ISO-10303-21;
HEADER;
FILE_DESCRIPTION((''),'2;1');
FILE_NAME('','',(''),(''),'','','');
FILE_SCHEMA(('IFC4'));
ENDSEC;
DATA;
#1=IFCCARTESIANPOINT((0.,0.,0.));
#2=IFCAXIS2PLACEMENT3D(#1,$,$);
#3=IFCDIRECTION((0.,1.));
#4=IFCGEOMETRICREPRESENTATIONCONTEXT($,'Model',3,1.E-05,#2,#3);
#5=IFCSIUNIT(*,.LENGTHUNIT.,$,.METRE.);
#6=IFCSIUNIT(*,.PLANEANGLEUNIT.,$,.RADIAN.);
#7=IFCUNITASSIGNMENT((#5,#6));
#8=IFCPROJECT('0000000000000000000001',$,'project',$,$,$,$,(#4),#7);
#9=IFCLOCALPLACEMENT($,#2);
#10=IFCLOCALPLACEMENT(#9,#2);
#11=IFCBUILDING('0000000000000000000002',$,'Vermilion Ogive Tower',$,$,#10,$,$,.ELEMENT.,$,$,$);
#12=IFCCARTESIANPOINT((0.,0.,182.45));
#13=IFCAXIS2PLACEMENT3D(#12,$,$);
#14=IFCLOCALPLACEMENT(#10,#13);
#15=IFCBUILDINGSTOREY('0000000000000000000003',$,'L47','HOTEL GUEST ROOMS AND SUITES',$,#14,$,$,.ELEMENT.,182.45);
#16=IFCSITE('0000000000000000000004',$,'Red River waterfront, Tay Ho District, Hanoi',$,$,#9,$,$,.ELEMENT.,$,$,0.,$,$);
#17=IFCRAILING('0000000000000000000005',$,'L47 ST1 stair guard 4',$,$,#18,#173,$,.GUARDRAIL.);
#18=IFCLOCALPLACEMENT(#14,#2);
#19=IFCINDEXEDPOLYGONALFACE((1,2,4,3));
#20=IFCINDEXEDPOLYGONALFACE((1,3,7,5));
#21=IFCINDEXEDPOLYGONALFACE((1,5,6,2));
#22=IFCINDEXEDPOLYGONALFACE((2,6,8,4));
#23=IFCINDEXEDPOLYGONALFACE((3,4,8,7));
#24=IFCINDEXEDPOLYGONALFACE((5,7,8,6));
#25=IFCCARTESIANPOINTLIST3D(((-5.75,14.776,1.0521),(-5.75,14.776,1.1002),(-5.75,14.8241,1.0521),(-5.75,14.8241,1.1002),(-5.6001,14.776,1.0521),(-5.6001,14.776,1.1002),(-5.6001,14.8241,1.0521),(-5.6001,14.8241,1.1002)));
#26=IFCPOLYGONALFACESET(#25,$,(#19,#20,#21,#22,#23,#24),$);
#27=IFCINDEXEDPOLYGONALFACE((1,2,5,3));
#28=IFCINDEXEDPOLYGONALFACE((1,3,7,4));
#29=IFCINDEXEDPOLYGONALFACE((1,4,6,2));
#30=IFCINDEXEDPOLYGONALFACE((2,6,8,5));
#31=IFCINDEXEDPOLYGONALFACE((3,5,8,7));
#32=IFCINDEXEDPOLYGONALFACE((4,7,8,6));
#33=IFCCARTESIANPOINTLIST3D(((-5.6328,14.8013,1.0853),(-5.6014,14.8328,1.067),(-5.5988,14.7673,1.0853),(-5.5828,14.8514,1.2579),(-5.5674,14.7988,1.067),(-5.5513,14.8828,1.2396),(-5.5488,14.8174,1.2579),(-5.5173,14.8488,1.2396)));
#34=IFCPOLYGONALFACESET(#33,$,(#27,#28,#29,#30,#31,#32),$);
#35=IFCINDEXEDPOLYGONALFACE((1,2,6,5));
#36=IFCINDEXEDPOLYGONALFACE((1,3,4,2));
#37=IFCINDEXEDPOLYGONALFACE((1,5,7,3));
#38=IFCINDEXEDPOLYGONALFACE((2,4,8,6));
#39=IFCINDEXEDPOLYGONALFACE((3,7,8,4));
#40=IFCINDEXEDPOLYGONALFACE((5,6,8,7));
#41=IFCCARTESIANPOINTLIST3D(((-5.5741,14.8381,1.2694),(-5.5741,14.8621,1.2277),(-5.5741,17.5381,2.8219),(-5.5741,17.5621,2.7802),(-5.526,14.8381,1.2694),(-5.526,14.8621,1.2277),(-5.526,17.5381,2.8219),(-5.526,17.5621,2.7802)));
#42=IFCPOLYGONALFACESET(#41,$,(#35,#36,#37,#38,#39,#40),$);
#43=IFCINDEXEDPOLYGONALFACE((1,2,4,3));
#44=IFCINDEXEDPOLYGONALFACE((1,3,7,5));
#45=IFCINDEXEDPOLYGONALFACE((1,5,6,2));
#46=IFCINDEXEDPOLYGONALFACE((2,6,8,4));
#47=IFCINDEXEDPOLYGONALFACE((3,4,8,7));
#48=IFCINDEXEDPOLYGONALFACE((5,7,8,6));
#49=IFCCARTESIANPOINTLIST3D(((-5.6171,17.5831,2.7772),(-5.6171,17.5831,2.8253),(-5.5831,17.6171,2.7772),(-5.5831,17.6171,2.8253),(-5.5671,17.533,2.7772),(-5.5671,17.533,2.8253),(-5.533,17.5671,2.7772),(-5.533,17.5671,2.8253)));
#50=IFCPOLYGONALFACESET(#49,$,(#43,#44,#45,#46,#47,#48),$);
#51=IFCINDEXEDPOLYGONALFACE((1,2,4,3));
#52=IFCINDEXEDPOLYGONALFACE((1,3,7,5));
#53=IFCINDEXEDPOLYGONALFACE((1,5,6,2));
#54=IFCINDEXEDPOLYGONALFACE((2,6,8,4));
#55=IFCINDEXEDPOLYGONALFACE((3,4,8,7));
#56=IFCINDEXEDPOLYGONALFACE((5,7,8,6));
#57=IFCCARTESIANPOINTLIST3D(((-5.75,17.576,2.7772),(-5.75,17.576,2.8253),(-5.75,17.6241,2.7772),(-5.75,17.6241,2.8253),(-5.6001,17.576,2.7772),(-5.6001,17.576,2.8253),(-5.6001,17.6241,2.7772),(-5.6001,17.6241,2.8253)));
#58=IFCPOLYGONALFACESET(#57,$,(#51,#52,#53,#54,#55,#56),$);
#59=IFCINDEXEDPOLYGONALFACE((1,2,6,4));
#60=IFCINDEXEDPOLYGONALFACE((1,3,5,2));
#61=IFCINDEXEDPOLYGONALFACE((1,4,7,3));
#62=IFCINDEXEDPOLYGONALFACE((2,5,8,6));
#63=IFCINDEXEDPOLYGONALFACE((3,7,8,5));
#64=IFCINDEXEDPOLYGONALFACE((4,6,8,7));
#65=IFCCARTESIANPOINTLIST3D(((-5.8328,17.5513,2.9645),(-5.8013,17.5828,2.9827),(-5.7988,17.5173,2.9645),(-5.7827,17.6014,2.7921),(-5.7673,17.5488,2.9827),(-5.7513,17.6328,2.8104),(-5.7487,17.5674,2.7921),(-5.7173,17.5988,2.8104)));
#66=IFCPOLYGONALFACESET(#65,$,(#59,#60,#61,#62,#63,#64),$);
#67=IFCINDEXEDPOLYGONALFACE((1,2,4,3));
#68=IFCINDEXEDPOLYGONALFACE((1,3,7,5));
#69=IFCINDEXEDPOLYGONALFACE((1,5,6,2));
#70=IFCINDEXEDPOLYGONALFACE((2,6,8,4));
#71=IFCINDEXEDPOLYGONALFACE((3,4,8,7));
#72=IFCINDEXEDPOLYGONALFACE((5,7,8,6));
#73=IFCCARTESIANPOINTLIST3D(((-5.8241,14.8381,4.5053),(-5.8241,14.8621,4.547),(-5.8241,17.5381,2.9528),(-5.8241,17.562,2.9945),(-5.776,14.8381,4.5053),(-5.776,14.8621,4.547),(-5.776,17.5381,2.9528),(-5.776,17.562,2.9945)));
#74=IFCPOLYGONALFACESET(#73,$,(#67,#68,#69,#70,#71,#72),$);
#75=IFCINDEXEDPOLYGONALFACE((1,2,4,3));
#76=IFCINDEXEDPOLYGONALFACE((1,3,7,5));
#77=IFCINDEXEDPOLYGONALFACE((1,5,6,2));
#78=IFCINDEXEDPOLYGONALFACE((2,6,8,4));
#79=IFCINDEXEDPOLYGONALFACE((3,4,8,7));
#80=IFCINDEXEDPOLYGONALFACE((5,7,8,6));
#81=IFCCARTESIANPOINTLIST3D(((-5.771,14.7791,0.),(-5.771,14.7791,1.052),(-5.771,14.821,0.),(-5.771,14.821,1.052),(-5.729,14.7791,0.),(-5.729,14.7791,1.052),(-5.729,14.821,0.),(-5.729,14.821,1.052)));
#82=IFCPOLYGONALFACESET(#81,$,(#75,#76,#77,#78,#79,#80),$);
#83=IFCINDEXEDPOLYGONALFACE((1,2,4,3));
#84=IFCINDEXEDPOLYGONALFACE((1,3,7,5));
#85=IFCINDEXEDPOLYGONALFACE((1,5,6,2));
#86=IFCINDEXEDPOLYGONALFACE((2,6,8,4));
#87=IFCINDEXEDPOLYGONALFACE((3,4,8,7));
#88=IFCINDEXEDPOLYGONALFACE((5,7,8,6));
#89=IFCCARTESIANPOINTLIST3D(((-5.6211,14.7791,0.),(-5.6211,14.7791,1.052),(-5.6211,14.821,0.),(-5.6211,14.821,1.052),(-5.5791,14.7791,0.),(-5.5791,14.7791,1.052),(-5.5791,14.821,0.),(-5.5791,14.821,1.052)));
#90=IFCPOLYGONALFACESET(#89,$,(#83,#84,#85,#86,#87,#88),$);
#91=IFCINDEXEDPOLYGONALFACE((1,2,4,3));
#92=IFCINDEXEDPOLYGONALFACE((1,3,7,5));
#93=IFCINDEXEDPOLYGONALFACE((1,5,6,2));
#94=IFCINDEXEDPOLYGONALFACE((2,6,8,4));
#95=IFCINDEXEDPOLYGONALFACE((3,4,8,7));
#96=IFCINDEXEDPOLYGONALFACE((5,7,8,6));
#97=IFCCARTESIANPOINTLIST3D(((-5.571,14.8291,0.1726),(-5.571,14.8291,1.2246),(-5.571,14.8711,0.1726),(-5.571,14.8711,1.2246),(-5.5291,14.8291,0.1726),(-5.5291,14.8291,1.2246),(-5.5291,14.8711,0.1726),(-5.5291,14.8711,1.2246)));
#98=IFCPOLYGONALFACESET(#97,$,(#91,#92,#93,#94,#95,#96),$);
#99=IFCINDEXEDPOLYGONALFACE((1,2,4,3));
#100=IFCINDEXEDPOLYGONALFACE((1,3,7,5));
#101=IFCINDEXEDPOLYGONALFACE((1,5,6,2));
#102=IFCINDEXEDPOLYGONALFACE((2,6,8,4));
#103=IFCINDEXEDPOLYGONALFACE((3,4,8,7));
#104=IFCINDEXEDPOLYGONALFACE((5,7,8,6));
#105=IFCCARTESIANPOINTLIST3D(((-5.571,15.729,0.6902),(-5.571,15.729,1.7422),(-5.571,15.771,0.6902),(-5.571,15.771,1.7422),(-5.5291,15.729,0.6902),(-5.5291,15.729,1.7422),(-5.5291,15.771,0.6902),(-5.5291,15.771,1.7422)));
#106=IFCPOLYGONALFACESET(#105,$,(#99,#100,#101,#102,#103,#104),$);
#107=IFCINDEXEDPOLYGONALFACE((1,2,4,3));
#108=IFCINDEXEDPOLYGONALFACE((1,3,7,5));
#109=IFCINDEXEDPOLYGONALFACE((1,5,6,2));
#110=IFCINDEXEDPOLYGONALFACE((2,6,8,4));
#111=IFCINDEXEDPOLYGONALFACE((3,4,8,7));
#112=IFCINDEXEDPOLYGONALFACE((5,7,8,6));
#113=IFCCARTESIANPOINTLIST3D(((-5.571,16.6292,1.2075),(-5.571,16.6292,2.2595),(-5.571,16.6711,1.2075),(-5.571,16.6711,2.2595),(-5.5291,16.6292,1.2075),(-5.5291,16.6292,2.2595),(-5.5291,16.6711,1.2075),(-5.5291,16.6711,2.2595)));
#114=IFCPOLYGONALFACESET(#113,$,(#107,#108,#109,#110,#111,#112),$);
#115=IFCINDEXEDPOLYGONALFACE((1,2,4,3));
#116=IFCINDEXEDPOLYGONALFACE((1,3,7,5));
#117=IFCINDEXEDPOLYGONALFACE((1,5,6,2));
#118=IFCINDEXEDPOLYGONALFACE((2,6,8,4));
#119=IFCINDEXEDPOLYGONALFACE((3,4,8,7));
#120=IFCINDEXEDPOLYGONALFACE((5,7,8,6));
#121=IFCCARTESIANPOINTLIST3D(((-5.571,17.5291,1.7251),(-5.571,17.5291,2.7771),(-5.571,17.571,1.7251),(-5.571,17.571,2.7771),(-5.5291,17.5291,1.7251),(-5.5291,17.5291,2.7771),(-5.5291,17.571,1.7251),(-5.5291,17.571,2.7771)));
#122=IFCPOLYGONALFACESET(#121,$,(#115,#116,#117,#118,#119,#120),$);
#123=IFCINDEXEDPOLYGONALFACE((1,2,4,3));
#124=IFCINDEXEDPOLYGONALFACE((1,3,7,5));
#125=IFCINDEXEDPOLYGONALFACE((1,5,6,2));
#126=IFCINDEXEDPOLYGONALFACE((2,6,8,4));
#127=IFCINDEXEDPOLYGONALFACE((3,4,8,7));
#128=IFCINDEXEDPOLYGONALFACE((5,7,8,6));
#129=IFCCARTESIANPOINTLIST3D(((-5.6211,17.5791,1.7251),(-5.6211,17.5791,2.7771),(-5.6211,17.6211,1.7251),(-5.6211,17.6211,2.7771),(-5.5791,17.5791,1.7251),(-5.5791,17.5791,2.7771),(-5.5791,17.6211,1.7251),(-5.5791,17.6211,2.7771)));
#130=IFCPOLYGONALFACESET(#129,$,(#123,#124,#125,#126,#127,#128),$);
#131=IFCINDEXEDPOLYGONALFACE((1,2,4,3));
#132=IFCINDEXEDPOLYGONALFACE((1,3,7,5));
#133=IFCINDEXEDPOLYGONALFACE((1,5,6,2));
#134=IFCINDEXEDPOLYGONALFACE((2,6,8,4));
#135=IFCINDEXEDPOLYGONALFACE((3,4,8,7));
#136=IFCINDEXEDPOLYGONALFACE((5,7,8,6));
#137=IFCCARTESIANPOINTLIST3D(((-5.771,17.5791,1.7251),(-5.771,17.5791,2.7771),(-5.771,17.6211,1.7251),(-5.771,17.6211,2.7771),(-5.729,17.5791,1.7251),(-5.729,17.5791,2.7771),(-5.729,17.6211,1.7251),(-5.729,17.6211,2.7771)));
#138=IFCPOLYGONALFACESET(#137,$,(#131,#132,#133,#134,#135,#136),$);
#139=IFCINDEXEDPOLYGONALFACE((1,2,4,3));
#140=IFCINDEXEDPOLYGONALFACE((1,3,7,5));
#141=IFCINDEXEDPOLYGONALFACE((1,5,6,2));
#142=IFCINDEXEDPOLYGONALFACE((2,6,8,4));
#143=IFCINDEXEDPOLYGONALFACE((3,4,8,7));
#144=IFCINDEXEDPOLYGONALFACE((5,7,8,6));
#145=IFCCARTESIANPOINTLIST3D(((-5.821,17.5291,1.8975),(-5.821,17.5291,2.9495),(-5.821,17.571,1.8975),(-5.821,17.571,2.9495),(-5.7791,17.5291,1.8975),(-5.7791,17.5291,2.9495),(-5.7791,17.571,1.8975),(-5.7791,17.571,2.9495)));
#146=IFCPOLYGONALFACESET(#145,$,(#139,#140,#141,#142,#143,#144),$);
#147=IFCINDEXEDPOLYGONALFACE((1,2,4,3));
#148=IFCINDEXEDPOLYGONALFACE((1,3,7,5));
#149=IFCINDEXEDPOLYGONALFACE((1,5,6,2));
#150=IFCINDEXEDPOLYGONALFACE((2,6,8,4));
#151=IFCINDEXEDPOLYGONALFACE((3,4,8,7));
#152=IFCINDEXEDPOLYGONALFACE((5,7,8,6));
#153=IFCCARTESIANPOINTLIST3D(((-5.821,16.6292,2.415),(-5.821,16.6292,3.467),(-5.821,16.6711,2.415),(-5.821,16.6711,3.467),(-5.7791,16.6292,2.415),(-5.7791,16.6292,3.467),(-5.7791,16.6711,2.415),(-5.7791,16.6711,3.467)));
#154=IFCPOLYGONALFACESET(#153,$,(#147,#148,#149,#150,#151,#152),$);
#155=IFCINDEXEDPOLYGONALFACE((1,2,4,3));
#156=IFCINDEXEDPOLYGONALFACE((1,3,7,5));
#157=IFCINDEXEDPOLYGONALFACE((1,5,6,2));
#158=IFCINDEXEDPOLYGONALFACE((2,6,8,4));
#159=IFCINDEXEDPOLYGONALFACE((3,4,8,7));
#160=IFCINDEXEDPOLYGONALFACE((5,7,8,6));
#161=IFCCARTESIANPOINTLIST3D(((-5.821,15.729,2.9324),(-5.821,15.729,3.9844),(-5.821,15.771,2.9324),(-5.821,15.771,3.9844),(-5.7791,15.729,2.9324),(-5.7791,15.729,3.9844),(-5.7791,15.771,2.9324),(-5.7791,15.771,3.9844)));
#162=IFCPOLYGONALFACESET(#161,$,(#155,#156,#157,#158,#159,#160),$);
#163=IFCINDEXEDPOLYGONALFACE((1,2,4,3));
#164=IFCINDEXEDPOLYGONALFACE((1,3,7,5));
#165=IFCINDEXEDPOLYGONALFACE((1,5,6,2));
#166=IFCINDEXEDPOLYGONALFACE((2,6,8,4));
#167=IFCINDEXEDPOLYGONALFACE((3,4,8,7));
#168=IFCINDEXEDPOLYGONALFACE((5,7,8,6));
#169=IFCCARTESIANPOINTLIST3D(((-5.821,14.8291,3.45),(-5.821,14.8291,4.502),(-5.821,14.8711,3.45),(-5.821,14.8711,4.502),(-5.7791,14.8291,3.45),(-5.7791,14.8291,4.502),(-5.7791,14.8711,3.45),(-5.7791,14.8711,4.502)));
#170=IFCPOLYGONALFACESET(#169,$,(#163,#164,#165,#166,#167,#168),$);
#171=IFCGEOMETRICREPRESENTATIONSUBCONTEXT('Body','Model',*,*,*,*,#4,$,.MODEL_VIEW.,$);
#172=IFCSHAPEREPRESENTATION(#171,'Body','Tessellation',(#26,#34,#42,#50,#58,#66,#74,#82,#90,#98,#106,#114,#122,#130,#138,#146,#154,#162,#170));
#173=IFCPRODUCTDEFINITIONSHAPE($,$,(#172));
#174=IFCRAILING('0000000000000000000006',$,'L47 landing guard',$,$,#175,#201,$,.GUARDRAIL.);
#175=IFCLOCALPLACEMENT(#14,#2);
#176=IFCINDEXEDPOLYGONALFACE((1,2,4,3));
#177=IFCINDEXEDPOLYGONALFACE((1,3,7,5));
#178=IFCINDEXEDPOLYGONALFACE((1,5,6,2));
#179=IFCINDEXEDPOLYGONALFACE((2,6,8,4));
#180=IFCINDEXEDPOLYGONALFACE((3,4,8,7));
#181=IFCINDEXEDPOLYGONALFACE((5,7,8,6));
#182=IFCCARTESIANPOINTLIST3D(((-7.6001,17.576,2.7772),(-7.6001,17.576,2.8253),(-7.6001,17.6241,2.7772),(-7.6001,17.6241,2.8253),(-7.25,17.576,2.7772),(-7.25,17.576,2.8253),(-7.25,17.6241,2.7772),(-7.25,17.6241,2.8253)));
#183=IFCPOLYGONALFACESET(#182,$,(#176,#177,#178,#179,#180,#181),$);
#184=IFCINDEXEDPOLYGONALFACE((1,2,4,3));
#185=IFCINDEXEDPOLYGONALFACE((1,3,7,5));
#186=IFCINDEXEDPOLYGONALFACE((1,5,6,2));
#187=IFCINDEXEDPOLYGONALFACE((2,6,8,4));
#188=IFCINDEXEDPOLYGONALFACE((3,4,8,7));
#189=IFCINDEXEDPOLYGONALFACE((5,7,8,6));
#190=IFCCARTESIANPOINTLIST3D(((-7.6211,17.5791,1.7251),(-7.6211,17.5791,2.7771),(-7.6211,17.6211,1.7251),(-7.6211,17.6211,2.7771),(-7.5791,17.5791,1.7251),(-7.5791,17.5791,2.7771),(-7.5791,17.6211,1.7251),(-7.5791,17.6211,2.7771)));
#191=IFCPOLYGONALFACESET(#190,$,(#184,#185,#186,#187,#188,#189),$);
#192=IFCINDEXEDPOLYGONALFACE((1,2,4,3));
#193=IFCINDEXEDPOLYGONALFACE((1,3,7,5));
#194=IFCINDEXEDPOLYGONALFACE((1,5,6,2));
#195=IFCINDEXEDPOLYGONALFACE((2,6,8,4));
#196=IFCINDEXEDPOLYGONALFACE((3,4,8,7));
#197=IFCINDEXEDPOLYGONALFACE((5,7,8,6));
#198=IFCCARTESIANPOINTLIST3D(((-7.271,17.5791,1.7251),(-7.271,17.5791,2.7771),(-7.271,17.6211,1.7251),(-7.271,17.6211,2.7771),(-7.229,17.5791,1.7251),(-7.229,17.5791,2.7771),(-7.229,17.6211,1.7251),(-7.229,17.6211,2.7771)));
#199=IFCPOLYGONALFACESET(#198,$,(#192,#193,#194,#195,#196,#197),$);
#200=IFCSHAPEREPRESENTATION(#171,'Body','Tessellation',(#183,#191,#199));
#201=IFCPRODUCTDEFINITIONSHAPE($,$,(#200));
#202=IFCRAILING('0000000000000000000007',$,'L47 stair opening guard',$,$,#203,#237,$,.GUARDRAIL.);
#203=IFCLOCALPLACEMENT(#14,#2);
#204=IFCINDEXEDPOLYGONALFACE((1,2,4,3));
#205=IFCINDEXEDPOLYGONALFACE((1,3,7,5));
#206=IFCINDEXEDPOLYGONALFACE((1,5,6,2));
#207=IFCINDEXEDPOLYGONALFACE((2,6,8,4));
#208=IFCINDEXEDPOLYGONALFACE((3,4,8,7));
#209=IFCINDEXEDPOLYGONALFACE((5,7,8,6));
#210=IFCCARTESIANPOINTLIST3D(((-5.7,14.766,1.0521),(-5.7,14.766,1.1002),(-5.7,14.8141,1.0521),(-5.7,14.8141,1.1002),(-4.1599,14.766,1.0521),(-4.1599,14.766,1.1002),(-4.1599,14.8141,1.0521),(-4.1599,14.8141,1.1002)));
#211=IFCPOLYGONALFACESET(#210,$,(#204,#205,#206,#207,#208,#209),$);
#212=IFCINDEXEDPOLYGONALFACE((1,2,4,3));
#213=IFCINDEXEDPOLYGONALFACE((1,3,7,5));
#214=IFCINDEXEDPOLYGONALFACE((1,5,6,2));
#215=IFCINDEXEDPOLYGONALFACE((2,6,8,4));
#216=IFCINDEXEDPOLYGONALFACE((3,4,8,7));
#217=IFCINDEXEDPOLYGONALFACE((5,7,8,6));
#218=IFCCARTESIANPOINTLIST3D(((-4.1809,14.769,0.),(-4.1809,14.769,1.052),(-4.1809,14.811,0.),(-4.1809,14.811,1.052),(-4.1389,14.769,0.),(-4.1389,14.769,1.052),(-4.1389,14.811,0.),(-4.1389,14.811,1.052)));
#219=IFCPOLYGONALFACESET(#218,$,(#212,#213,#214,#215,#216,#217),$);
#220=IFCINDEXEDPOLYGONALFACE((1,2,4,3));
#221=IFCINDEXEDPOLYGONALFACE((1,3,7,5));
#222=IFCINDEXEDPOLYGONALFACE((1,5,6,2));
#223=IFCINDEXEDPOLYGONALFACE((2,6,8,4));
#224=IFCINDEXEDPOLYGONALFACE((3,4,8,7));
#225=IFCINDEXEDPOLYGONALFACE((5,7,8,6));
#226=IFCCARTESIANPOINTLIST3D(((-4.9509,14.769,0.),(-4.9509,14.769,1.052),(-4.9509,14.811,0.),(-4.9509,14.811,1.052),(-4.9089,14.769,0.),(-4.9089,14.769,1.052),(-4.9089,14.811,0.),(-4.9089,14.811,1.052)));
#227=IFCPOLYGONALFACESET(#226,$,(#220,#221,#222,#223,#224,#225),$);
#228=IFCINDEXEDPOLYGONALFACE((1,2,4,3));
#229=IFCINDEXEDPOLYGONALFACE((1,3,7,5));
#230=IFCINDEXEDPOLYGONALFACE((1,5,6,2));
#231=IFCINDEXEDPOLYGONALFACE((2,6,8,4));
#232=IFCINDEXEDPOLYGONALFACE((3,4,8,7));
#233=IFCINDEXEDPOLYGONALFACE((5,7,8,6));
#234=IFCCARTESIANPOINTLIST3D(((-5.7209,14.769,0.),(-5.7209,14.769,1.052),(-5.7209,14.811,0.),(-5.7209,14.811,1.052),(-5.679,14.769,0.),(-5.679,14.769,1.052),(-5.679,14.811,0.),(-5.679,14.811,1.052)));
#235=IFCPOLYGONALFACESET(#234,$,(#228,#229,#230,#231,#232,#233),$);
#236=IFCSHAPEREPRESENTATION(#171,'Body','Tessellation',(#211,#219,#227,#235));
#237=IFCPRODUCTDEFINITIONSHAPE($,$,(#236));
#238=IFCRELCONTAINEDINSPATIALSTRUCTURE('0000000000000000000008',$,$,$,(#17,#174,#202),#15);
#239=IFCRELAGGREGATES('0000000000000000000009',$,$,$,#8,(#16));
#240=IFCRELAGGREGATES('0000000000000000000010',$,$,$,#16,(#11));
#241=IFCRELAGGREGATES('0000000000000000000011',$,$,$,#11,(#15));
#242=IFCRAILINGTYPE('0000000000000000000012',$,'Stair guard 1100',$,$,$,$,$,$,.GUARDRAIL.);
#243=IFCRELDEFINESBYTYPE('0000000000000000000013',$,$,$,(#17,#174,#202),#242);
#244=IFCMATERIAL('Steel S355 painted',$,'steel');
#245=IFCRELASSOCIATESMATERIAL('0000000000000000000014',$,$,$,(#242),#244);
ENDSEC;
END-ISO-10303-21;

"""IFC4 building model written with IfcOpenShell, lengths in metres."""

from ifc_helpers import new_model, si_unit, direction, frame, origin, origin_2d, place, context, subcontext, project, spatial, rectangle, extrude, material, type_object, element, save


model = new_model("IFC4")

# Units and contexts
model_context = context("Model", 3, precision=1e-05, world=origin(), true_north=direction((0.0, 1.0)))
body_context = subcontext(model_context, "Body", "Model", "MODEL_VIEW")
ifc_project = project(units=[si_unit("LENGTHUNIT", "METRE"), si_unit("PLANEANGLEUNIT", "RADIAN")], contexts=[model_context])

# Site, building, storey
site_placement = place(None, origin())
site = spatial("IfcSite", under=ifc_project, at=site_placement, Name="Red River waterfront, Tay Ho District, Hanoi", CompositionType="ELEMENT", RefElevation=0.0)
building_placement = place(site_placement, origin())
building = spatial("IfcBuilding", under=site, at=building_placement, Name="Vermilion Ogive Tower", CompositionType="ELEMENT")
storey_placement = place(building_placement, frame((0.0, 0.0, 182.45)))
storey = spatial("IfcBuildingStorey", under=building, at=storey_placement, Name="L47", Description="HOTEL GUEST ROOMS AND SUITES", CompositionType="ELEMENT", Elevation=182.45)

# Railings
ifc_material_1 = material(Name="Steel S355 painted", Category="steel")
railing_type_1 = type_object("IfcRailingType", Name="Stair guard 1100", PredefinedType="GUARDRAIL", material=ifc_material_1)
railing_1_placement = place(storey_placement, frame((-5.75, 14.8, 0.0)))
element("IfcRailing", 1, at=railing_1_placement, inside=storey, type_object=railing_type_1, Name="L47 ST1 stair guard 4", PredefinedType="GUARDRAIL", context=body_context, shape_type="SweptSolid", body=[
    extrude(rectangle(XDim=0.0481, YDim=0.0481, at=origin_2d()), frame((0.0, 0.0, 1.0762), z_axis=(1.0, 0.0, 0.0), x_axis=(0.0, 1.0, 0.0)), (0.0, 0.0, 1.0), 0.1499),
    extrude(rectangle(XDim=0.0481, YDim=0.0481, at=origin_2d()), frame((0.1499, 0.0, 1.0762), z_axis=(0.268278, 0.268278, 0.925232), x_axis=(-0.707107, 0.707107, 0.0)), (0.0, 0.0, 1.0), 0.1865),
    extrude(rectangle(XDim=0.0481, YDim=0.0481, at=origin_2d()), frame((0.2, 0.05, 1.2485), z_axis=(0.0, 0.866904, 0.498476), x_axis=(-1.0, 0.0, 0.0)), (0.0, 0.0, 1.0), 3.1145),
    extrude(rectangle(XDim=0.0481, YDim=0.0481, at=origin_2d()), frame((0.2, 2.75, 2.8013), z_axis=(-0.707107, 0.707107, 0.0), x_axis=(-0.707107, -0.707107, 0.0)), (0.0, 0.0, 1.0), 0.0708),
    extrude(rectangle(XDim=0.0481, YDim=0.0481, at=origin_2d()), frame((0.1499, 2.8, 2.8013), z_axis=(-1.0, 0.0, 0.0), x_axis=(0.0, -1.0, 0.0)), (0.0, 0.0, 1.0), 0.1499),
    extrude(rectangle(XDim=0.0481, YDim=0.0481, at=origin_2d()), frame((0.0, 2.8, 2.8013), z_axis=(-0.268603, -0.268603, 0.925043), x_axis=(0.707107, -0.707107, 0.0)), (0.0, 0.0, 1.0), 0.1863),
    extrude(rectangle(XDim=0.0481, YDim=0.0481, at=origin_2d()), frame((-0.05, 2.75, 2.9736), z_axis=(0.0, -0.866904, 0.498476), x_axis=(1.0, 0.0, 0.0)), (0.0, 0.0, 1.0), 3.1145),
    extrude(rectangle(XDim=0.042, YDim=0.042, at=origin_2d()), origin(), (0.0, 0.0, 1.0), 1.052),
    extrude(rectangle(XDim=0.042, YDim=0.042, at=origin_2d()), frame((0.1499, 0.0, 0.0)), (0.0, 0.0, 1.0), 1.052),
    extrude(rectangle(XDim=0.042, YDim=0.042, at=origin_2d()), frame((0.2, 0.05, 0.1726)), (0.0, 0.0, 1.0), 1.052),
    extrude(rectangle(XDim=0.042, YDim=0.042, at=origin_2d()), frame((0.2, 0.95, 0.6902)), (0.0, 0.0, 1.0), 1.052),
    extrude(rectangle(XDim=0.042, YDim=0.042, at=origin_2d()), frame((0.2, 1.8501, 1.2075)), (0.0, 0.0, 1.0), 1.052),
    extrude(rectangle(XDim=0.042, YDim=0.042, at=origin_2d()), frame((0.2, 2.75, 1.7251)), (0.0, 0.0, 1.0), 1.052),
    extrude(rectangle(XDim=0.042, YDim=0.042, at=origin_2d()), frame((0.1499, 2.8, 1.7251)), (0.0, 0.0, 1.0), 1.052),
    extrude(rectangle(XDim=0.042, YDim=0.042, at=origin_2d()), frame((0.0, 2.8, 1.7251)), (0.0, 0.0, 1.0), 1.052),
    extrude(rectangle(XDim=0.042, YDim=0.042, at=origin_2d()), frame((-0.05, 2.75, 1.8975)), (0.0, 0.0, 1.0), 1.052),
    extrude(rectangle(XDim=0.042, YDim=0.042, at=origin_2d()), frame((-0.05, 1.8501, 2.415)), (0.0, 0.0, 1.0), 1.052),
    extrude(rectangle(XDim=0.042, YDim=0.042, at=origin_2d()), frame((-0.05, 0.95, 2.9324)), (0.0, 0.0, 1.0), 1.052),
    extrude(rectangle(XDim=0.042, YDim=0.042, at=origin_2d()), frame((-0.05, 0.05, 3.45)), (0.0, 0.0, 1.0), 1.052),
])
railing_2_placement = place(storey_placement, frame((-7.6001, 17.6001, 1.7251)))
element("IfcRailing", 2, at=railing_2_placement, inside=storey, type_object=railing_type_1, Name="L47 landing guard", PredefinedType="GUARDRAIL", context=body_context, shape_type="SweptSolid", body=[
    extrude(rectangle(XDim=0.0481, YDim=0.0481, at=origin_2d()), frame((0.0, 0.0, 1.0762), z_axis=(1.0, 0.0, 0.0), x_axis=(0.0, 1.0, 0.0)), (0.0, 0.0, 1.0), 0.3501),
    extrude(rectangle(XDim=0.042, YDim=0.042, at=origin_2d()), origin(), (0.0, 0.0, 1.0), 1.052),
    extrude(rectangle(XDim=0.042, YDim=0.042, at=origin_2d()), frame((0.3501, 0.0, 0.0)), (0.0, 0.0, 1.0), 1.052),
])
railing_3_placement = place(storey_placement, frame((-4.1599, 14.79, 0.0)))
element("IfcRailing", 3, at=railing_3_placement, inside=storey, type_object=railing_type_1, Name="L47 stair opening guard", PredefinedType="GUARDRAIL", context=body_context, shape_type="SweptSolid", body=[
    extrude(rectangle(XDim=0.0481, YDim=0.0481, at=origin_2d()), frame((0.0, 0.0, 1.0762), z_axis=(-1.0, 0.0, 0.0), x_axis=(0.0, -1.0, 0.0)), (0.0, 0.0, 1.0), 1.54),
    extrude(rectangle(XDim=0.042, YDim=0.042, at=origin_2d()), origin(), (0.0, 0.0, 1.0), 1.052),
    extrude(rectangle(XDim=0.042, YDim=0.042, at=origin_2d()), frame((-0.77, 0.0, 0.0)), (0.0, 0.0, 1.0), 1.052),
    extrude(rectangle(XDim=0.042, YDim=0.042, at=origin_2d()), frame((-1.54, 0.0, 0.0)), (0.0, 0.0, 1.0), 1.052),
])

save(model, "model.ifc")
